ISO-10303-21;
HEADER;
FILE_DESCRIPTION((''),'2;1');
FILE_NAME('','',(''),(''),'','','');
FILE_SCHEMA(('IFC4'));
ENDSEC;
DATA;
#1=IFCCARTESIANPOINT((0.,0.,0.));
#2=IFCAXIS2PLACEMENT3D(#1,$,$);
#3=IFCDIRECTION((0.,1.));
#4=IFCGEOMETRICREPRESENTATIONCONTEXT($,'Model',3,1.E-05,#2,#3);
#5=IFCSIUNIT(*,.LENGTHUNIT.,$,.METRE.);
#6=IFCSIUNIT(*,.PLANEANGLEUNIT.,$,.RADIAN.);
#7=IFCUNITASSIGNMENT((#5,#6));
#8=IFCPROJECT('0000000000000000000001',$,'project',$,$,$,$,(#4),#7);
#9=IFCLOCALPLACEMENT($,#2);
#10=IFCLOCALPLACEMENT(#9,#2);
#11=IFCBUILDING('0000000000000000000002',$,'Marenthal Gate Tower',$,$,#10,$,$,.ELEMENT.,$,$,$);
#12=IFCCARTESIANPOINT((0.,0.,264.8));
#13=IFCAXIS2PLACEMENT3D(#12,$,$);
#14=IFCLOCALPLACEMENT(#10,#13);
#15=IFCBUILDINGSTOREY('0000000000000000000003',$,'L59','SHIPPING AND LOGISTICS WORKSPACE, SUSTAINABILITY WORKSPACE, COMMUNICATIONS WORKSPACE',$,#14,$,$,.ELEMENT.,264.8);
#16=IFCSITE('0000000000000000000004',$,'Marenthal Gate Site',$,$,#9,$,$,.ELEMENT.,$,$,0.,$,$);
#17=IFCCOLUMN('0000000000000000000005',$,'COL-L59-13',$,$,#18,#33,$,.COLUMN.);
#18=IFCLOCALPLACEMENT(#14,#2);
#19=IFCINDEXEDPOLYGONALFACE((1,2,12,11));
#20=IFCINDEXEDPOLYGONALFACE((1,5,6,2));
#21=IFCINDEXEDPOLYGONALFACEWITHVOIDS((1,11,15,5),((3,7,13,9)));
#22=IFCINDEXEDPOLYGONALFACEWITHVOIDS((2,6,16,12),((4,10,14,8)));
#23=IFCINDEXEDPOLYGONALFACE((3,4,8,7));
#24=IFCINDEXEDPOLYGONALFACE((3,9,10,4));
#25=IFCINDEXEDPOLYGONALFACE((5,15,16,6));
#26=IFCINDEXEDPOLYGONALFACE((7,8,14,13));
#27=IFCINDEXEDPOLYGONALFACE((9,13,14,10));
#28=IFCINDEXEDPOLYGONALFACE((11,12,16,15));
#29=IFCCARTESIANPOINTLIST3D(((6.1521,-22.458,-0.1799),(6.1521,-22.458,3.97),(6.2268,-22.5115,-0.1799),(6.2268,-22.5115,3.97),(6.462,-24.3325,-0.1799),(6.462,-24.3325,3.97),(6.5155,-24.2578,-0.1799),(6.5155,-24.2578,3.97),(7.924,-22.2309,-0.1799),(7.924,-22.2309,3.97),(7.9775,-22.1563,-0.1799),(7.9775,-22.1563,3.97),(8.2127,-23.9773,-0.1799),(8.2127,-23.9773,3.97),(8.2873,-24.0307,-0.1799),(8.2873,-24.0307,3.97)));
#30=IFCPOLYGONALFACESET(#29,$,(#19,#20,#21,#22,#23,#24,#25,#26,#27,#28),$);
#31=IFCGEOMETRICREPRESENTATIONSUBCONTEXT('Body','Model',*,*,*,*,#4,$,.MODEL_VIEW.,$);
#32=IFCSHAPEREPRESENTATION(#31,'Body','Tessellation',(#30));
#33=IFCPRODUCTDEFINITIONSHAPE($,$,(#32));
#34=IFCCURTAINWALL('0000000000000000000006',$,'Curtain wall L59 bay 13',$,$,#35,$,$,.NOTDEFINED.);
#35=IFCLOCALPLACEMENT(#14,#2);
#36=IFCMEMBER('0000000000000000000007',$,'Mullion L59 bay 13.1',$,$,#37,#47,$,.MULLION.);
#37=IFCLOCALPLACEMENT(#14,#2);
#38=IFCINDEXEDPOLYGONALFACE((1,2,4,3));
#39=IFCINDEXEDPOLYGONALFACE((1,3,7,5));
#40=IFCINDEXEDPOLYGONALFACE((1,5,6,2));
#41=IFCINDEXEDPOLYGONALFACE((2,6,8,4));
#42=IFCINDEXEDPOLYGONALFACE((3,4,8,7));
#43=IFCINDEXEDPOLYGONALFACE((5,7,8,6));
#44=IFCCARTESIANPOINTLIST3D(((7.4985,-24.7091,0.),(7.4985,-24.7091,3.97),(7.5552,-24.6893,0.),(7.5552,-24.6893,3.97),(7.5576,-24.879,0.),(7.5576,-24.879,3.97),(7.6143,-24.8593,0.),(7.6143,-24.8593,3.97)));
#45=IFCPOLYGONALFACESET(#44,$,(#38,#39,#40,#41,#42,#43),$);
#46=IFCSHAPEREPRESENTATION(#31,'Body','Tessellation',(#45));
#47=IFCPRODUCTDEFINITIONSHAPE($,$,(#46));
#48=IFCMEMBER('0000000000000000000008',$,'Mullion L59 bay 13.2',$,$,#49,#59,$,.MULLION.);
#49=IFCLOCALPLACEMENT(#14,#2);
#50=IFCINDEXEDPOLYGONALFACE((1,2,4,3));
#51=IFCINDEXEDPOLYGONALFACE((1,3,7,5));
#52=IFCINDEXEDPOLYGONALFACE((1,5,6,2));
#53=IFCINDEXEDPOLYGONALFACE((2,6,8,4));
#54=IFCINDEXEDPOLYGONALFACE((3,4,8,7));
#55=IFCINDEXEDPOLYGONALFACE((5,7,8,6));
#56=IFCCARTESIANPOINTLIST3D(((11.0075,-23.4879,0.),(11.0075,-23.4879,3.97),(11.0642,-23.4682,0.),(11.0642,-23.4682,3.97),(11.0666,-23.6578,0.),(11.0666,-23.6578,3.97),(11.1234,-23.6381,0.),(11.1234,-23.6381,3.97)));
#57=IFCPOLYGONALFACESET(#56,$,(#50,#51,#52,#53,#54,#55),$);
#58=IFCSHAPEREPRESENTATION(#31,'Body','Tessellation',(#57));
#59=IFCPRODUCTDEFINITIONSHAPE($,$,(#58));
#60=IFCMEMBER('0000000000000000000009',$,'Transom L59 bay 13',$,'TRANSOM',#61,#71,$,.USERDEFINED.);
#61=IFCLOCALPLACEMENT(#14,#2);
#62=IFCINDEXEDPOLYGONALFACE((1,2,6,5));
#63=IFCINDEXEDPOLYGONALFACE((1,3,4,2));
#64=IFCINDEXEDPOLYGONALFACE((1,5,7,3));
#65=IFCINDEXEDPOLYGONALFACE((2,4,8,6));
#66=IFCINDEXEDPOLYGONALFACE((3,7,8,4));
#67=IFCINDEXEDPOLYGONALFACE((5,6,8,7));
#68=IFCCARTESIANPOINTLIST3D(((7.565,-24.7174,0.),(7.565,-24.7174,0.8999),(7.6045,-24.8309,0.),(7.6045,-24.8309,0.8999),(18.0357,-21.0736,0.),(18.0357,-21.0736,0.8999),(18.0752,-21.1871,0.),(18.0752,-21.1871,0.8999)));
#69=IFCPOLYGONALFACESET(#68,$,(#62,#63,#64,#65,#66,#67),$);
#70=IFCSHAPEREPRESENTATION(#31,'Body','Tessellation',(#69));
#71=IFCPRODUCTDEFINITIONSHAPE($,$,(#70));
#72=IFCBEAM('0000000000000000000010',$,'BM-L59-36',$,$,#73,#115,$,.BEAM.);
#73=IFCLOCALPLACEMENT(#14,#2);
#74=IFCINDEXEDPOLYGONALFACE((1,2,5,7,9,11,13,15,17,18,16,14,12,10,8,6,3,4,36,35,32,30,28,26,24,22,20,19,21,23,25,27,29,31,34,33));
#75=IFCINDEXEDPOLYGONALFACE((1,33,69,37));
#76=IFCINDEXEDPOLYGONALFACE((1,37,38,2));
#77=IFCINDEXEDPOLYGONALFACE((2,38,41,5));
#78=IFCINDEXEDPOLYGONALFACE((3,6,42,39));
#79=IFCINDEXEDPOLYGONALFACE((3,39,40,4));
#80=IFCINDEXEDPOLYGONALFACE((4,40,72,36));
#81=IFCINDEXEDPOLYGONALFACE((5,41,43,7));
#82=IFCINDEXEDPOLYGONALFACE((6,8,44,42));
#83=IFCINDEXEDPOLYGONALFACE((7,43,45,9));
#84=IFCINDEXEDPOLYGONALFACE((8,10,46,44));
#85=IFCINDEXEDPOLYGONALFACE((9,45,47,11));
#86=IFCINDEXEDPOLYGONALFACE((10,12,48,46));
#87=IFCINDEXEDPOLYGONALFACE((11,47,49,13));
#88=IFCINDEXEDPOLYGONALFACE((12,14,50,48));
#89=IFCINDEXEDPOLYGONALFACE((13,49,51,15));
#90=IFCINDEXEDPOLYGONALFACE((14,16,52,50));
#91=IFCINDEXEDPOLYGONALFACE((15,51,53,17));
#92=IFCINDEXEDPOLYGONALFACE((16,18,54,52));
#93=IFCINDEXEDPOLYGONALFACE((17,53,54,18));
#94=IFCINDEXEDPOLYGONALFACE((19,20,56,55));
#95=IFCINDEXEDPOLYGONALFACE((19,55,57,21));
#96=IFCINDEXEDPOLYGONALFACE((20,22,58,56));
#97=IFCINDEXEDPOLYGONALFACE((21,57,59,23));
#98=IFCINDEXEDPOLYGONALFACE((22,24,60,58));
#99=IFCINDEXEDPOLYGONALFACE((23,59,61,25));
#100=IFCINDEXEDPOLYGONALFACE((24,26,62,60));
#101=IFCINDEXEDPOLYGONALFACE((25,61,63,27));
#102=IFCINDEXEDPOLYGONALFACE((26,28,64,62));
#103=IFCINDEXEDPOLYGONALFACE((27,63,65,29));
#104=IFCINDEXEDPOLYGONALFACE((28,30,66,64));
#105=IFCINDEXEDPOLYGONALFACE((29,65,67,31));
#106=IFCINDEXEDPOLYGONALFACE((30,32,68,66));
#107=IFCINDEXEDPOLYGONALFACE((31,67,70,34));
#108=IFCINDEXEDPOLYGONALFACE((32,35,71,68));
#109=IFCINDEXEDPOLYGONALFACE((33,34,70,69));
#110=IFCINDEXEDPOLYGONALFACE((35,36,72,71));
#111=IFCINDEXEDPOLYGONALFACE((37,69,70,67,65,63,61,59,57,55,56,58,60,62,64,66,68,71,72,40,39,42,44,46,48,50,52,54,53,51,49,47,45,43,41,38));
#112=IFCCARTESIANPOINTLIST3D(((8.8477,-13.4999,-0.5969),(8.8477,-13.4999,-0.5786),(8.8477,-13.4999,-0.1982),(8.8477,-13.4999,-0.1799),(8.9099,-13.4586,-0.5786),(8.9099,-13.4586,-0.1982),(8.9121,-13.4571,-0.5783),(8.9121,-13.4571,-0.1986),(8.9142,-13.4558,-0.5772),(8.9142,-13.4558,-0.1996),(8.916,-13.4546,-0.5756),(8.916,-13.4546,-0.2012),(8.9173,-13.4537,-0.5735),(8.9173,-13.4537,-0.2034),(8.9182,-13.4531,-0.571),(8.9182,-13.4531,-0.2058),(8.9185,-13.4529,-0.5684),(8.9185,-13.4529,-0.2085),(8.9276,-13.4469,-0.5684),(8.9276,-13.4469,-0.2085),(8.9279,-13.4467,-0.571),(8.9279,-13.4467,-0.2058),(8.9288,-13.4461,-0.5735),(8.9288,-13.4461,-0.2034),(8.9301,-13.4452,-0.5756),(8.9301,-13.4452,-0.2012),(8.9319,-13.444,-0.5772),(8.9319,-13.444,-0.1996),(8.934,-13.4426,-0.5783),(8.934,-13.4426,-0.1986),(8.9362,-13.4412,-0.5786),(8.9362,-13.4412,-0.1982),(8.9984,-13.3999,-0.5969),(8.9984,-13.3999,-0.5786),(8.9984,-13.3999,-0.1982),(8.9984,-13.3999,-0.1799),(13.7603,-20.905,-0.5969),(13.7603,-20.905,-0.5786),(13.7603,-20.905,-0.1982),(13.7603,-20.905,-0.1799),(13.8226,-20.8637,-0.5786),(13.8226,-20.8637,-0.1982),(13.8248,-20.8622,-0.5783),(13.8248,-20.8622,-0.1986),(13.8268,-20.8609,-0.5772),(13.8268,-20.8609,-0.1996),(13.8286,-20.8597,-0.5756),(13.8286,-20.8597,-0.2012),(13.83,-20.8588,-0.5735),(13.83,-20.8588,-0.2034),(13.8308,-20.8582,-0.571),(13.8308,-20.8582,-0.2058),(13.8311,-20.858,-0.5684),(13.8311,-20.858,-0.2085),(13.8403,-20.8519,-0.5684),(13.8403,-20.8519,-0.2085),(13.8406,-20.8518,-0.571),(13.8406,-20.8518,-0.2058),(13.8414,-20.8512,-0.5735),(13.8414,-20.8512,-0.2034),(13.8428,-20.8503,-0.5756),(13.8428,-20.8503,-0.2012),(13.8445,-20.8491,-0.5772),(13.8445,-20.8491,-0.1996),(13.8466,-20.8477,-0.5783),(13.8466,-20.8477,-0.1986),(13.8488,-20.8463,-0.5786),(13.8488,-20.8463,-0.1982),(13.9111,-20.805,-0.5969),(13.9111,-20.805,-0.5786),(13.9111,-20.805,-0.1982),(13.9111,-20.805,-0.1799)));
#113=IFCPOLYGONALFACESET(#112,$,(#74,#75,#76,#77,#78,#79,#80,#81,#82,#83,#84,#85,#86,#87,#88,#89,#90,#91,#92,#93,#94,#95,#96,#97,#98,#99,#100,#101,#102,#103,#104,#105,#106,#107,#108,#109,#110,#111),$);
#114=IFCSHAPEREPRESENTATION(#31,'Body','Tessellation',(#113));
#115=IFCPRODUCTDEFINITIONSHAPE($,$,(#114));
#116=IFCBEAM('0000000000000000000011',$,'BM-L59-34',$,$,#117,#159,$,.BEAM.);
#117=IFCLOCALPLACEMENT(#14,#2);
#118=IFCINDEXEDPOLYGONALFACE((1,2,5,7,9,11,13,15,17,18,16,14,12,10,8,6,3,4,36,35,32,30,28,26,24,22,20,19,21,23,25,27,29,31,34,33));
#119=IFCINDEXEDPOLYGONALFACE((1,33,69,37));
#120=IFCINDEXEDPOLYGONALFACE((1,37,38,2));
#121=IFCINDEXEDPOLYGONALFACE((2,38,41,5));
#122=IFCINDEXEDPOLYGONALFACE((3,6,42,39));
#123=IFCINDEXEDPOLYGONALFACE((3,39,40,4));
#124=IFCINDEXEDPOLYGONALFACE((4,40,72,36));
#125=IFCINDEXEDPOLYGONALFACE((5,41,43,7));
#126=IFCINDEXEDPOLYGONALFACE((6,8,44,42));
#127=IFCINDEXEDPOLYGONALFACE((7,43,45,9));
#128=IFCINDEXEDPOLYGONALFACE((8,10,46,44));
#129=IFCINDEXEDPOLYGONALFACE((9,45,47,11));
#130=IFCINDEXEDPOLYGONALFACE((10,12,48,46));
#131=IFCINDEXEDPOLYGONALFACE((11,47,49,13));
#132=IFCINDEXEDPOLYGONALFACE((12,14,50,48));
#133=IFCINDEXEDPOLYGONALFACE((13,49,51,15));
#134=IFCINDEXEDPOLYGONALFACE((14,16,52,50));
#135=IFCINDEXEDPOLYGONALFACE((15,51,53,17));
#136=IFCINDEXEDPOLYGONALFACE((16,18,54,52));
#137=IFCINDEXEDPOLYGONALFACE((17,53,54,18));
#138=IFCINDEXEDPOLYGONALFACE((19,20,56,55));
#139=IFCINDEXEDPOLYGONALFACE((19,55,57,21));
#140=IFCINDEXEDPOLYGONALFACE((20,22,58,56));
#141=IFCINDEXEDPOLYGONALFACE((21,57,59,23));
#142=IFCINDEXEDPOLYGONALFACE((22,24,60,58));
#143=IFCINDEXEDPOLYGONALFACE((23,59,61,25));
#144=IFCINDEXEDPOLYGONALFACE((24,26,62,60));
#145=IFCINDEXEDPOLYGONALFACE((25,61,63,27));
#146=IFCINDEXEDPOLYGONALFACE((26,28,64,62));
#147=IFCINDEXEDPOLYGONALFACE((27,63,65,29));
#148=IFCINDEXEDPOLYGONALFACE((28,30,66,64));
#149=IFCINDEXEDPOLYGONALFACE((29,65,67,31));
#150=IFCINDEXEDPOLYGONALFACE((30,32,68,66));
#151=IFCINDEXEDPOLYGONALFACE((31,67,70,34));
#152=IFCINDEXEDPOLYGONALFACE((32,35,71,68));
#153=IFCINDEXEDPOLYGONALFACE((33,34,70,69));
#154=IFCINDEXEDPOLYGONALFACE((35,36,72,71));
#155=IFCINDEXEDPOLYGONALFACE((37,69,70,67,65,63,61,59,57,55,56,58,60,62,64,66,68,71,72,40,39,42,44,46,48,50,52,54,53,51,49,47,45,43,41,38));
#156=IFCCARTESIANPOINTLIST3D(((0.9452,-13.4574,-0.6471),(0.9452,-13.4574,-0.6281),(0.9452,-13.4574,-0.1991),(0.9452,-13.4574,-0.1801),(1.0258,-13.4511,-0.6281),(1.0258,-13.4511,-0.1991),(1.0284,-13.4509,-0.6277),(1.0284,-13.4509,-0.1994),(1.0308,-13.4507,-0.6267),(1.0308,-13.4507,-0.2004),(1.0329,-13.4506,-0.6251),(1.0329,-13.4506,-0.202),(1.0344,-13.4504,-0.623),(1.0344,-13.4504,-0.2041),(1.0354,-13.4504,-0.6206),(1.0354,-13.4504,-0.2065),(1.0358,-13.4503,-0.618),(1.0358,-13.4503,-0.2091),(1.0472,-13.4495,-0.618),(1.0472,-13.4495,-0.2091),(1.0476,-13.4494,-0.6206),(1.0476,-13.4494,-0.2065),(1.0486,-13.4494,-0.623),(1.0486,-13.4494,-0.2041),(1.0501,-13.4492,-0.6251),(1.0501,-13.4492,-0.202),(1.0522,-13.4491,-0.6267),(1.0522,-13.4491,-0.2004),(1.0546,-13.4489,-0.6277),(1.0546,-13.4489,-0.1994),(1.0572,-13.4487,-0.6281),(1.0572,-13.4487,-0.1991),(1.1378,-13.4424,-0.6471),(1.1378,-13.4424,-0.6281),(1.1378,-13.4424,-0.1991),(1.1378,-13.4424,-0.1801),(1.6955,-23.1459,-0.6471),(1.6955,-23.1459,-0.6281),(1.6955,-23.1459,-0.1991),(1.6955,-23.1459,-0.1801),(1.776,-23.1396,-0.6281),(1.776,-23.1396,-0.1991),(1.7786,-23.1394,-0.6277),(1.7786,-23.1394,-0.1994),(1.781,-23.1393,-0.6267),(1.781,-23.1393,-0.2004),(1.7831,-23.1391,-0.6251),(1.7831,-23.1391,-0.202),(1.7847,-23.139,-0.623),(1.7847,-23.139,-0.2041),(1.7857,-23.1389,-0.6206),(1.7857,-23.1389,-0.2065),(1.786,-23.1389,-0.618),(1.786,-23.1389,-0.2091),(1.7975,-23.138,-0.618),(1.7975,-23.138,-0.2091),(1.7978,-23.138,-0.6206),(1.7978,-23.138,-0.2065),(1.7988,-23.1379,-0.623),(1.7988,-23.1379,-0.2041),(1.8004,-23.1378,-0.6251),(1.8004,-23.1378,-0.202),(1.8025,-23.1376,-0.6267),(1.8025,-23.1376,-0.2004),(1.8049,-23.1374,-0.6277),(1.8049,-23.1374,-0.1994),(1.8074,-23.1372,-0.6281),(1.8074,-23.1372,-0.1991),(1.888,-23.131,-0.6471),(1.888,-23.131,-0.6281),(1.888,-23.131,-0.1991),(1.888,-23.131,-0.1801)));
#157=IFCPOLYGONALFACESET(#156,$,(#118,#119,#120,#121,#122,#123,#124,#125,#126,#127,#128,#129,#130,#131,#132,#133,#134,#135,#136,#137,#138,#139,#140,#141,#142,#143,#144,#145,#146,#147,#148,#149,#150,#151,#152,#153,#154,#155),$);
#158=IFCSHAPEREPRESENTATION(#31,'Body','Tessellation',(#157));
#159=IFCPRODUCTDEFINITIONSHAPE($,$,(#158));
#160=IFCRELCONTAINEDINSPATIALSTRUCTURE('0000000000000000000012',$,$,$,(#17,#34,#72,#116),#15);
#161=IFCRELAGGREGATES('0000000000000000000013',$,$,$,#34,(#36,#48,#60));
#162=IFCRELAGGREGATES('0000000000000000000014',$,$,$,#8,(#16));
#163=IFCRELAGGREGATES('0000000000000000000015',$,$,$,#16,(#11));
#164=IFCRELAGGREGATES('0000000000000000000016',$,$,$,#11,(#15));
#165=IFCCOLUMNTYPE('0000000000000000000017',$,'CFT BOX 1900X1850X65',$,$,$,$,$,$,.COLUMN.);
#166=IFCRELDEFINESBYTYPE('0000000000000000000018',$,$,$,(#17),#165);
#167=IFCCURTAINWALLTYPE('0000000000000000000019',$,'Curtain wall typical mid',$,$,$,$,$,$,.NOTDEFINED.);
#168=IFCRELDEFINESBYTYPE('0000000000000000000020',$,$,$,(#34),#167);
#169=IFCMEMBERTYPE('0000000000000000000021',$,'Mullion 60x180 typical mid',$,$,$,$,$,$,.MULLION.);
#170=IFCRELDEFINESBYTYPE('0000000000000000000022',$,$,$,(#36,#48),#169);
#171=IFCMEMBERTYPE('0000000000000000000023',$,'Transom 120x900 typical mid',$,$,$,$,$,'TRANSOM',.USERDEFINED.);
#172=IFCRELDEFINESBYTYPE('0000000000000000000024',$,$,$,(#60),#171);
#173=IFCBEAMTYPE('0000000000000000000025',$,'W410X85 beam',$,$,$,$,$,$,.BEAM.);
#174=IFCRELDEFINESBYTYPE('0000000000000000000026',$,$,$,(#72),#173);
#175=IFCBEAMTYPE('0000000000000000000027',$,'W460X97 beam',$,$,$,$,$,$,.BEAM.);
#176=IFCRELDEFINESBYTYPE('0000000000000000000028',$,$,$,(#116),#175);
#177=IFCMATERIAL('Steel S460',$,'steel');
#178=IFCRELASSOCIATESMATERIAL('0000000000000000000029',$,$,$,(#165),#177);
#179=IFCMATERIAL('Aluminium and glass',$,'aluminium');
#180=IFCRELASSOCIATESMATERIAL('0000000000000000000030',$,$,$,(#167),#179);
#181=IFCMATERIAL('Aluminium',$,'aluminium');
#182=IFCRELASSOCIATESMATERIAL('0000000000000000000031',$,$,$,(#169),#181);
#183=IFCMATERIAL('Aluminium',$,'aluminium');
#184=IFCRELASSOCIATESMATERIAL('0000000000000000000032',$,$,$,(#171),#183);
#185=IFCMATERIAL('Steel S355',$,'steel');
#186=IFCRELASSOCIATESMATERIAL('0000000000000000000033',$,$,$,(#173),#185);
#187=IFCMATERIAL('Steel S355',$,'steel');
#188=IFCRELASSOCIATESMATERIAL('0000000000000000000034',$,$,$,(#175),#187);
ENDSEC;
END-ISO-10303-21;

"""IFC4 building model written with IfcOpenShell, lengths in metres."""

from ifc_helpers import new_model, si_unit, direction, frame, origin, origin_2d, place, context, subcontext, project, spatial, rectangle, hollow_rectangle, i_section, extrude, material, material_profile, profile_set, type_object, element, aggregate, save


model = new_model("IFC4")

# Units and contexts
model_context = context("Model", 3, precision=1e-05, world=origin(), true_north=direction((0.0, 1.0)))
body_context = subcontext(model_context, "Body", "Model", "MODEL_VIEW")
ifc_project = project(units=[si_unit("LENGTHUNIT", "METRE"), si_unit("PLANEANGLEUNIT", "RADIAN")], contexts=[model_context])

# Site, building, storey
site_placement = place(None, origin())
site = spatial("IfcSite", under=ifc_project, at=site_placement, Name="Marenthal Gate Site", CompositionType="ELEMENT", RefElevation=0.0)
building_placement = place(site_placement, origin())
building = spatial("IfcBuilding", under=site, at=building_placement, Name="Marenthal Gate Tower", CompositionType="ELEMENT")
storey_placement = place(building_placement, frame((0.0, 0.0, 264.8)))
storey = spatial("IfcBuildingStorey", under=building, at=storey_placement, Name="L59", Description="SHIPPING AND LOGISTICS WORKSPACE, SUSTAINABILITY WORKSPACE, COMMUNICATIONS WORKSPACE", CompositionType="ELEMENT", Elevation=264.8)

# Column
ifc_material_1 = material(Name="Steel S460", Category="steel")
ifc_material_profile_1 = material_profile(ifc_material_1, hollow_rectangle(XDim=1.8501, YDim=1.8999, WallThickness=0.0649, at=origin_2d()), Name="CFT BOX 1900X1850X65")
ifc_material_2 = material(Name="Concrete 70 MPa", Category="concrete")
ifc_material_profile_2 = material_profile(ifc_material_2, rectangle(XDim=1.72, YDim=1.77, at=origin_2d()), Name="CFT BOX 1900X1850X65 INFILL")
ifc_profile_set_1 = profile_set([ifc_material_profile_1, ifc_material_profile_2], Name="Steel S460 shell, Concrete 70 MPa infill")
column_type = type_object("IfcColumnType", Name="CFT BOX 1900X1850X65", PredefinedType="COLUMN", material=ifc_profile_set_1)
column_placement = place(storey_placement, frame((7.2197, -23.2444, -0.1799), z_axis=(0.0, 0.0, 1.0), x_axis=(-0.98661, -0.163097, 0.0)))
element("IfcColumn", 1, at=column_placement, inside=storey, type_object=column_type, Name="COL-L59-13", PredefinedType="COLUMN", context=body_context, shape_type="SweptSolid", body=[
    extrude(hollow_rectangle(XDim=1.8501, YDim=1.8999, WallThickness=0.0649, at=origin_2d()), origin(), (0.0, 0.0, 1.0), 4.1499),
])

# Curtain wall, members
ifc_material_3 = material(Name="Aluminium and glass", Category="aluminium")
curtain_wall_type = type_object("IfcCurtainWallType", Name="Curtain wall typical mid", PredefinedType="NOTDEFINED", material=ifc_material_3)
curtain_wall_placement = place(storey_placement, origin())
curtain_wall = element("IfcCurtainWall", 2, at=curtain_wall_placement, inside=storey, type_object=curtain_wall_type, Name="Curtain wall L59 bay 13", PredefinedType="NOTDEFINED")
ifc_material_4 = material(Name="Aluminium", Category="aluminium")
ifc_material_profile_3 = material_profile(ifc_material_4, rectangle(XDim=0.1799, YDim=0.0601, at=origin_2d()), Name="60x180 aluminium mullion")
ifc_profile_set_2 = profile_set([ifc_material_profile_3], Name="Aluminium")
member_type_1 = type_object("IfcMemberType", Name="Mullion 60x180 typical mid", PredefinedType="MULLION", material=ifc_profile_set_2)
member_1_placement = place(storey_placement, frame((7.5564, -24.7842, 0.0), z_axis=(0.0, 0.0, 1.0), x_axis=(-0.32867, 0.944445, 0.0)))
member_1 = element("IfcMember", 3, at=member_1_placement, type_object=member_type_1, Name="Mullion L59 bay 13.1", PredefinedType="MULLION", context=body_context, shape_type="SweptSolid", body=[
    extrude(rectangle(XDim=0.1799, YDim=0.0601, at=origin_2d()), origin(), (0.0, 0.0, 1.0), 3.97),
])
member_2_placement = place(storey_placement, frame((11.0654, -23.563, 0.0), z_axis=(0.0, 0.0, 1.0), x_axis=(-0.32867, 0.944445, 0.0)))
member_2 = element("IfcMember", 4, at=member_2_placement, type_object=member_type_1, Name="Mullion L59 bay 13.2", PredefinedType="MULLION", context=body_context, shape_type="SweptSolid", body=[
    extrude(rectangle(XDim=0.1799, YDim=0.0601, at=origin_2d()), origin(), (0.0, 0.0, 1.0), 3.97),
])
ifc_material_5 = material(Name="Aluminium", Category="aluminium")
ifc_material_profile_4 = material_profile(ifc_material_5, rectangle(XDim=0.1201, YDim=0.8999, at=origin_2d()), Name="120x900 aluminium transom")
ifc_profile_set_3 = profile_set([ifc_material_profile_4], Name="Aluminium")
member_type_2 = type_object("IfcMemberType", Name="Transom 120x900 typical mid", ElementType="TRANSOM", PredefinedType="USERDEFINED", material=ifc_profile_set_3)
member_3_placement = place(storey_placement, frame((7.5847, -24.7742, 0.45), z_axis=(0.944446, 0.328667, 0.0), x_axis=(-0.328667, 0.944446, 0.0)))
member_3 = element("IfcMember", 5, at=member_3_placement, type_object=member_type_2, Name="Transom L59 bay 13", ObjectType="TRANSOM", PredefinedType="USERDEFINED", context=body_context, shape_type="SweptSolid", body=[
    extrude(rectangle(XDim=0.1201, YDim=0.8999, at=origin_2d()), origin(), (0.0, 0.0, 1.0), 11.0867),
])

# Beams
ifc_material_6 = material(Name="Steel S355", Category="steel")
ifc_material_profile_5 = material_profile(ifc_material_6, i_section(OverallWidth=0.1809, OverallDepth=0.417, WebThickness=0.011, FlangeThickness=0.0183, FilletRadius=0.0103, at=origin_2d()), Name="W410X85")
ifc_profile_set_4 = profile_set([ifc_material_profile_5], Name="Steel S355")
beam_type_1 = type_object("IfcBeamType", Name="W410X85 beam", PredefinedType="BEAM", material=ifc_profile_set_4)
beam_1_placement = place(storey_placement, frame((13.8357, -20.855, -0.3884), z_axis=(-0.552822, 0.833299, 0.0), x_axis=(-0.833299, -0.552822, 0.0)))
element("IfcBeam", 6, at=beam_1_placement, inside=storey, type_object=beam_type_1, Name="BM-L59-36", PredefinedType="BEAM", context=body_context, shape_type="SweptSolid", body=[
    extrude(i_section(OverallWidth=0.1809, OverallDepth=0.417, WebThickness=0.011, FlangeThickness=0.0183, FilletRadius=0.0103, at=origin_2d()), origin(), (0.0, 0.0, 1.0), 8.8865),
])
ifc_material_7 = material(Name="Steel S355", Category="steel")
ifc_material_profile_6 = material_profile(ifc_material_7, i_section(OverallWidth=0.1931, OverallDepth=0.467, WebThickness=0.0115, FlangeThickness=0.019, FilletRadius=0.01, at=origin_2d()), Name="W460X97")
ifc_profile_set_5 = profile_set([ifc_material_profile_6], Name="Steel S355")
beam_type_2 = type_object("IfcBeamType", Name="W460X97 beam", PredefinedType="BEAM", material=ifc_profile_set_5)
beam_2_placement = place(storey_placement, frame((1.7917, -23.1384, -0.4136), z_axis=(-0.077206, 0.997015, 0.0), x_axis=(-0.997015, -0.077206, 0.0)))
element("IfcBeam", 7, at=beam_2_placement, inside=storey, type_object=beam_type_2, Name="BM-L59-34", PredefinedType="BEAM", context=body_context, shape_type="SweptSolid", body=[
    extrude(i_section(OverallWidth=0.1931, OverallDepth=0.467, WebThickness=0.0115, FlangeThickness=0.019, FilletRadius=0.01, at=origin_2d()), origin(), (0.0, 0.0, 1.0), 9.7175),
])

aggregate(curtain_wall, [member_1, member_2, member_3])

save(model, "model.ifc")
